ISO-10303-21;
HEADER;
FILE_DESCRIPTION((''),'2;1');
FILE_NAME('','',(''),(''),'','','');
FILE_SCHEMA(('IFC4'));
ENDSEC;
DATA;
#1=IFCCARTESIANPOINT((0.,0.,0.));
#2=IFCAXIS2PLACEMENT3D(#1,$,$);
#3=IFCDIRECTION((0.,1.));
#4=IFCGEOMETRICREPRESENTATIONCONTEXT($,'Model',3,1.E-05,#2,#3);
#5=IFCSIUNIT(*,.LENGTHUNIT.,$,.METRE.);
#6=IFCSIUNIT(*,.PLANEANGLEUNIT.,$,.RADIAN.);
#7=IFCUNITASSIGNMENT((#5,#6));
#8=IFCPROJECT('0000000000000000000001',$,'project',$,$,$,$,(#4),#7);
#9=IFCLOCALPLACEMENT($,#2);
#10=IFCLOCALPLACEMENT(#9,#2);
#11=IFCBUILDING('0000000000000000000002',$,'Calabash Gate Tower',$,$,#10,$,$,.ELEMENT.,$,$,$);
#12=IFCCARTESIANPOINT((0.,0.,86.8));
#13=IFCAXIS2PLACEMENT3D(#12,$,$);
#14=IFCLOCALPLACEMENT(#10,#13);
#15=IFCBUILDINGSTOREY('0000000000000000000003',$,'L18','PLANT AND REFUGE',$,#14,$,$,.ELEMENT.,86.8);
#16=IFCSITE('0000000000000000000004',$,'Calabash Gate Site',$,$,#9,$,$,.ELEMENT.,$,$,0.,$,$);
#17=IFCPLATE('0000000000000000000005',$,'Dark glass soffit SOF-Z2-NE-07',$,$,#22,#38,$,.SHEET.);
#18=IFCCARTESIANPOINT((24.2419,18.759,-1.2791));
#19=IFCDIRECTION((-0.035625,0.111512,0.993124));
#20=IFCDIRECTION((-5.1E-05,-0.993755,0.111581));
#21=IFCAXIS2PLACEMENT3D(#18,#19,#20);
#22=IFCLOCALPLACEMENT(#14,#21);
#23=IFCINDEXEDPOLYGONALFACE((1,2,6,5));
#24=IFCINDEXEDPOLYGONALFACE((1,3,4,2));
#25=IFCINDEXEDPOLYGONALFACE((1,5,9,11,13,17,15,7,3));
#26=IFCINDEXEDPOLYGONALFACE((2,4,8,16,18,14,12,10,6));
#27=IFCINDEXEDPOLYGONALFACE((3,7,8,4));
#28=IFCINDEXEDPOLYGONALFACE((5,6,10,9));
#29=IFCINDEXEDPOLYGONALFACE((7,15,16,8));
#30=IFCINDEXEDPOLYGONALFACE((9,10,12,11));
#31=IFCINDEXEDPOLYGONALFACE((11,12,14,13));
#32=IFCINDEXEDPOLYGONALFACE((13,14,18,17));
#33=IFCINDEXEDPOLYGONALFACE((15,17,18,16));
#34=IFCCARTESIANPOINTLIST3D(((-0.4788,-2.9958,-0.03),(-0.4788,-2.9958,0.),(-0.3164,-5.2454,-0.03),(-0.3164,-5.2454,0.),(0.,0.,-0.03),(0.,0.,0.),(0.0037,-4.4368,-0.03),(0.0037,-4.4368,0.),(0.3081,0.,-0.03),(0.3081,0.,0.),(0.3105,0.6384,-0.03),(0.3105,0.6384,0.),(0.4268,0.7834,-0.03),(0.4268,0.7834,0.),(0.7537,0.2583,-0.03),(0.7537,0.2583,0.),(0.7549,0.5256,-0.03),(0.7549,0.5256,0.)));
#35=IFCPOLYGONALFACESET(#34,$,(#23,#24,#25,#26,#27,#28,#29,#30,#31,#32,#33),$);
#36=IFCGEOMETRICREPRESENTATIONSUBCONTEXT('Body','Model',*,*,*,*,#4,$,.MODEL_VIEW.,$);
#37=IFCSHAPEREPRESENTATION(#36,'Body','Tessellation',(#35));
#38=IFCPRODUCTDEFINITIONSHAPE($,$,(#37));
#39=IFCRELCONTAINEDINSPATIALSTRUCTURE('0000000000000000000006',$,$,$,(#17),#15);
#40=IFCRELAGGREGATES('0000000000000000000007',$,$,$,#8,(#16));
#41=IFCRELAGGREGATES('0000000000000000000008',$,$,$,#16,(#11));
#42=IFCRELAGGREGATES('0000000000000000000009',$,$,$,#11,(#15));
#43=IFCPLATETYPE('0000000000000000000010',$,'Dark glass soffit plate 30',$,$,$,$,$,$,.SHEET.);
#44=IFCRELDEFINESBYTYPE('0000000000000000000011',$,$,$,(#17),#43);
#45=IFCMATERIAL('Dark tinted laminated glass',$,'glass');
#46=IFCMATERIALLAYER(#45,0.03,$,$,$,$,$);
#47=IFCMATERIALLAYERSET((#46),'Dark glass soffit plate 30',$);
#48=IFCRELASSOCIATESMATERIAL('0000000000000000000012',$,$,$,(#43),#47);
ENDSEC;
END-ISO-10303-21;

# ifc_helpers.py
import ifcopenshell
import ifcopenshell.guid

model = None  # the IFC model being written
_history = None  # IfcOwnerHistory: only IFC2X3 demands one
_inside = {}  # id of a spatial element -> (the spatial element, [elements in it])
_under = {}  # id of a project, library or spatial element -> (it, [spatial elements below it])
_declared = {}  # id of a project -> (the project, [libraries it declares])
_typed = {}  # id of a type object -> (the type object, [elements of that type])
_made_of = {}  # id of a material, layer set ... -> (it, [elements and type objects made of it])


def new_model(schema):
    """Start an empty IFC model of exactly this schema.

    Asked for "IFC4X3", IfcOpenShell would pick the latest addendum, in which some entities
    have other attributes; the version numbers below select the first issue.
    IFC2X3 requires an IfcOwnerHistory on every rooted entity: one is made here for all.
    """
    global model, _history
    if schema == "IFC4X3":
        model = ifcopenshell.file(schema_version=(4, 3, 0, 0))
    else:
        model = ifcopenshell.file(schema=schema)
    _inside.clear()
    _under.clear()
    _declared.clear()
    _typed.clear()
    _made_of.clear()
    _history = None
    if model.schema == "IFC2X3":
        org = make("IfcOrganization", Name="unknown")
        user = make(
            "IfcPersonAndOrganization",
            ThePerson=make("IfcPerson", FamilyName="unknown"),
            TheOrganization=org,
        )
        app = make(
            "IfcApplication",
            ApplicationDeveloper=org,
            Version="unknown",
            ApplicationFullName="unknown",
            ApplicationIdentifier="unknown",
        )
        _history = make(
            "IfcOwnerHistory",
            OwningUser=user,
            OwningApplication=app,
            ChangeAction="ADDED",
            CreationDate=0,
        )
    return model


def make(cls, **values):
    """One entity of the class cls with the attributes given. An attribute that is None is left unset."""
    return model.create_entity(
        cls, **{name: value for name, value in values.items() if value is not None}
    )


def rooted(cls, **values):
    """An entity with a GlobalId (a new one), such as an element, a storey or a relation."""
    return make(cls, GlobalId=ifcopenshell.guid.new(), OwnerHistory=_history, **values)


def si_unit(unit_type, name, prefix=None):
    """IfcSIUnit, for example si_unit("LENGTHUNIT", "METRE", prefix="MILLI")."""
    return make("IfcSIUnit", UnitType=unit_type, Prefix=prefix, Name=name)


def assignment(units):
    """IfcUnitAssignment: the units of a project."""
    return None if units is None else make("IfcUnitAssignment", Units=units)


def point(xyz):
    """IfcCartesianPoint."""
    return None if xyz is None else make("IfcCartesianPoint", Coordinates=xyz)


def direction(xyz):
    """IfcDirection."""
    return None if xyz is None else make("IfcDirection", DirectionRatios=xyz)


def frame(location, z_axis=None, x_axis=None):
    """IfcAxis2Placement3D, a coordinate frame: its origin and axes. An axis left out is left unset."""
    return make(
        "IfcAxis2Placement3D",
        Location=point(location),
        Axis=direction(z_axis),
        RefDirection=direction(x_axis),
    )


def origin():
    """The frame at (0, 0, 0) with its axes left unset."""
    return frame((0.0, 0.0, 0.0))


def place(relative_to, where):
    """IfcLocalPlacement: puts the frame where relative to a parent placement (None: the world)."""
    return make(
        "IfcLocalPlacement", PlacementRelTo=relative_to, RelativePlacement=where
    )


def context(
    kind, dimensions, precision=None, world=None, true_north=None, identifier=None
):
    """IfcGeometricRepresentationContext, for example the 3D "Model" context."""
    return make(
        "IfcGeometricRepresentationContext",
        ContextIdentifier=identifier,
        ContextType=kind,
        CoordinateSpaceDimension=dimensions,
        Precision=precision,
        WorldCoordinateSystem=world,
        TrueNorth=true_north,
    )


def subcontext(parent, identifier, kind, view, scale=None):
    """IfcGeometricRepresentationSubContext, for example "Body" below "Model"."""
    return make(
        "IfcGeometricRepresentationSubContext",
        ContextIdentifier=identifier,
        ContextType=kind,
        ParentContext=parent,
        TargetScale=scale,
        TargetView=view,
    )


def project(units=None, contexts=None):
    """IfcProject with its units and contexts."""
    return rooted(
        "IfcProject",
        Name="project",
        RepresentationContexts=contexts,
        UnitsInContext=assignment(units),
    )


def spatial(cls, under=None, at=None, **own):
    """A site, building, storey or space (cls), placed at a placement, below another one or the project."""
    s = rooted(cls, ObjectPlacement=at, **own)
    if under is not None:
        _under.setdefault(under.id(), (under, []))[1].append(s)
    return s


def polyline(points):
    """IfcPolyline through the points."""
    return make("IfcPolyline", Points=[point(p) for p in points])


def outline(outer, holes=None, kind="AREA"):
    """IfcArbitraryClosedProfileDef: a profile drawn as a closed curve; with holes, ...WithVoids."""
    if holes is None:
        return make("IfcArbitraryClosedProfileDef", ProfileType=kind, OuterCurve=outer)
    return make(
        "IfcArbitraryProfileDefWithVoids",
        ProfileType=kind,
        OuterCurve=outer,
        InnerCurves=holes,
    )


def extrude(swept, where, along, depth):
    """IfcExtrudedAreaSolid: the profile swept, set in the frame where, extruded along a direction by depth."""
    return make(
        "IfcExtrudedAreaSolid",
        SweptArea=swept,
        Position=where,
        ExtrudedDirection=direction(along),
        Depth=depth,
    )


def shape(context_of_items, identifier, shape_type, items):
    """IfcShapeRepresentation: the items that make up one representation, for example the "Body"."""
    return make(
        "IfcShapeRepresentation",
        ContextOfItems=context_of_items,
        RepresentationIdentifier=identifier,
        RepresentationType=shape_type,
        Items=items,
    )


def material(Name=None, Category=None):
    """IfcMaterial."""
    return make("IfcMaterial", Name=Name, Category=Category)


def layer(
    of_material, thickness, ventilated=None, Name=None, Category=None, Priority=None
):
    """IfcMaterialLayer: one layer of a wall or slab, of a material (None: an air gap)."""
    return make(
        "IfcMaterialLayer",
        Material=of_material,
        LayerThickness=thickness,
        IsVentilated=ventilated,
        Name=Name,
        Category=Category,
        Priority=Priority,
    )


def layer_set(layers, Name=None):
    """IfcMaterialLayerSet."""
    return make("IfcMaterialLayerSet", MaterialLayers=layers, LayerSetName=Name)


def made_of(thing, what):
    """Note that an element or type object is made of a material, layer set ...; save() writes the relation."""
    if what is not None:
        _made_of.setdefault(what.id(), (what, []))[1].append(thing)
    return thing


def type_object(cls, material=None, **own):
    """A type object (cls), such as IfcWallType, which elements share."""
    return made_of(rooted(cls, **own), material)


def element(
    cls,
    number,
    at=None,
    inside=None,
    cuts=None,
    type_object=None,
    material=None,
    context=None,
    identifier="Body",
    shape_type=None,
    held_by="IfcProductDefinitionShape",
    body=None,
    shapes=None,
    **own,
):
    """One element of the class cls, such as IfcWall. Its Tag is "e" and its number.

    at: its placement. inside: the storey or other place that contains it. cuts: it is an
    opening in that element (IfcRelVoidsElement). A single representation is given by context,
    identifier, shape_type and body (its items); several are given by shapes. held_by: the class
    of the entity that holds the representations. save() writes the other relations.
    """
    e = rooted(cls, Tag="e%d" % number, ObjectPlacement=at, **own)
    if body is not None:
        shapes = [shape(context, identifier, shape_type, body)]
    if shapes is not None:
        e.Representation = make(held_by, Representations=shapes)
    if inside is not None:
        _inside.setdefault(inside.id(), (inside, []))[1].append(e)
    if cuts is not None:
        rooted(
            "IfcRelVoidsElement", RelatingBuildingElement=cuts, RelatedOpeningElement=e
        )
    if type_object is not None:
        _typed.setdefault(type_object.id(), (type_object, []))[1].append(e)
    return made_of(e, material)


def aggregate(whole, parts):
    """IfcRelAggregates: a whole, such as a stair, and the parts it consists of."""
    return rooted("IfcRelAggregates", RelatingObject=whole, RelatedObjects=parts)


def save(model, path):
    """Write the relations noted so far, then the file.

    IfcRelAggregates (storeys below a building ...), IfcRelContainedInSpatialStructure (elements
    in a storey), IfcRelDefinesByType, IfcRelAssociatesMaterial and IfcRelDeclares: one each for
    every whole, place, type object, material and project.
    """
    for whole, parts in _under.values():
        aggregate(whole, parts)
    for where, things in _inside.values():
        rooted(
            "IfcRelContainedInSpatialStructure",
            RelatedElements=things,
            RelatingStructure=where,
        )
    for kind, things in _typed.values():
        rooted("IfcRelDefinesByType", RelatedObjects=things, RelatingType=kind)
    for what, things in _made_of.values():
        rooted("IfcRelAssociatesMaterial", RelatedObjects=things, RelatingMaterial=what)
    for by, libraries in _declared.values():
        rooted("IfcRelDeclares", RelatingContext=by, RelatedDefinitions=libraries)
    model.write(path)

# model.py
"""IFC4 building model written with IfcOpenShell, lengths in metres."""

from ifc_helpers import new_model, si_unit, direction, frame, origin, place, context, subcontext, project, spatial, polyline, outline, extrude, material, layer, layer_set, type_object, element, save


model = new_model("IFC4")

# Units and contexts
model_context = context("Model", 3, precision=1e-05, world=origin(), true_north=direction((0.0, 1.0)))
body_context = subcontext(model_context, "Body", "Model", "MODEL_VIEW")
ifc_project = project(units=[si_unit("LENGTHUNIT", "METRE"), si_unit("PLANEANGLEUNIT", "RADIAN")], contexts=[model_context])

# Site, building, storey
site_placement = place(None, origin())
site = spatial("IfcSite", under=ifc_project, at=site_placement, Name="Calabash Gate Site", CompositionType="ELEMENT", RefElevation=0.0)
building_placement = place(site_placement, origin())
building = spatial("IfcBuilding", under=site, at=building_placement, Name="Calabash Gate Tower", CompositionType="ELEMENT")
storey_placement = place(building_placement, frame((0.0, 0.0, 86.8)))
storey = spatial("IfcBuildingStorey", under=building, at=storey_placement, Name="L18", Description="PLANT AND REFUGE", CompositionType="ELEMENT", Elevation=86.8)

# Plate
ifc_material_1 = material(Name="Dark tinted laminated glass", Category="glass")
ifc_layer_1 = layer(ifc_material_1, 0.03)
ifc_layer_set_1 = layer_set([ifc_layer_1], Name="Dark glass soffit plate 30")
plate_type_1 = type_object("IfcPlateType", Name="Dark glass soffit plate 30", PredefinedType="SHEET", material=ifc_layer_set_1)
plate_1_placement = place(storey_placement, frame((24.2419, 18.759, -1.2791), z_axis=(-0.035625, 0.111512, 0.993124), x_axis=(-0.000051, -0.993755, 0.111581)))
element("IfcPlate", 1, at=plate_1_placement, inside=storey, type_object=plate_type_1, Name="Dark glass soffit SOF-Z2-NE-07", PredefinedType="SHEET", context=body_context, shape_type="SweptSolid", body=[
    extrude(outline(polyline([(0.0, 0.0), (0.3081, 0.0), (0.3105, 0.6384), (0.4268, 0.7834), (0.7549, 0.5256), (0.7537, 0.2583), (0.0037, -4.4368), (-0.3164, -5.2454), (-0.4788, -2.9958), (0.0, 0.0)])), origin(), (0.0, 0.0, -1.0), 0.03),
])

save(model, "model.ifc")
